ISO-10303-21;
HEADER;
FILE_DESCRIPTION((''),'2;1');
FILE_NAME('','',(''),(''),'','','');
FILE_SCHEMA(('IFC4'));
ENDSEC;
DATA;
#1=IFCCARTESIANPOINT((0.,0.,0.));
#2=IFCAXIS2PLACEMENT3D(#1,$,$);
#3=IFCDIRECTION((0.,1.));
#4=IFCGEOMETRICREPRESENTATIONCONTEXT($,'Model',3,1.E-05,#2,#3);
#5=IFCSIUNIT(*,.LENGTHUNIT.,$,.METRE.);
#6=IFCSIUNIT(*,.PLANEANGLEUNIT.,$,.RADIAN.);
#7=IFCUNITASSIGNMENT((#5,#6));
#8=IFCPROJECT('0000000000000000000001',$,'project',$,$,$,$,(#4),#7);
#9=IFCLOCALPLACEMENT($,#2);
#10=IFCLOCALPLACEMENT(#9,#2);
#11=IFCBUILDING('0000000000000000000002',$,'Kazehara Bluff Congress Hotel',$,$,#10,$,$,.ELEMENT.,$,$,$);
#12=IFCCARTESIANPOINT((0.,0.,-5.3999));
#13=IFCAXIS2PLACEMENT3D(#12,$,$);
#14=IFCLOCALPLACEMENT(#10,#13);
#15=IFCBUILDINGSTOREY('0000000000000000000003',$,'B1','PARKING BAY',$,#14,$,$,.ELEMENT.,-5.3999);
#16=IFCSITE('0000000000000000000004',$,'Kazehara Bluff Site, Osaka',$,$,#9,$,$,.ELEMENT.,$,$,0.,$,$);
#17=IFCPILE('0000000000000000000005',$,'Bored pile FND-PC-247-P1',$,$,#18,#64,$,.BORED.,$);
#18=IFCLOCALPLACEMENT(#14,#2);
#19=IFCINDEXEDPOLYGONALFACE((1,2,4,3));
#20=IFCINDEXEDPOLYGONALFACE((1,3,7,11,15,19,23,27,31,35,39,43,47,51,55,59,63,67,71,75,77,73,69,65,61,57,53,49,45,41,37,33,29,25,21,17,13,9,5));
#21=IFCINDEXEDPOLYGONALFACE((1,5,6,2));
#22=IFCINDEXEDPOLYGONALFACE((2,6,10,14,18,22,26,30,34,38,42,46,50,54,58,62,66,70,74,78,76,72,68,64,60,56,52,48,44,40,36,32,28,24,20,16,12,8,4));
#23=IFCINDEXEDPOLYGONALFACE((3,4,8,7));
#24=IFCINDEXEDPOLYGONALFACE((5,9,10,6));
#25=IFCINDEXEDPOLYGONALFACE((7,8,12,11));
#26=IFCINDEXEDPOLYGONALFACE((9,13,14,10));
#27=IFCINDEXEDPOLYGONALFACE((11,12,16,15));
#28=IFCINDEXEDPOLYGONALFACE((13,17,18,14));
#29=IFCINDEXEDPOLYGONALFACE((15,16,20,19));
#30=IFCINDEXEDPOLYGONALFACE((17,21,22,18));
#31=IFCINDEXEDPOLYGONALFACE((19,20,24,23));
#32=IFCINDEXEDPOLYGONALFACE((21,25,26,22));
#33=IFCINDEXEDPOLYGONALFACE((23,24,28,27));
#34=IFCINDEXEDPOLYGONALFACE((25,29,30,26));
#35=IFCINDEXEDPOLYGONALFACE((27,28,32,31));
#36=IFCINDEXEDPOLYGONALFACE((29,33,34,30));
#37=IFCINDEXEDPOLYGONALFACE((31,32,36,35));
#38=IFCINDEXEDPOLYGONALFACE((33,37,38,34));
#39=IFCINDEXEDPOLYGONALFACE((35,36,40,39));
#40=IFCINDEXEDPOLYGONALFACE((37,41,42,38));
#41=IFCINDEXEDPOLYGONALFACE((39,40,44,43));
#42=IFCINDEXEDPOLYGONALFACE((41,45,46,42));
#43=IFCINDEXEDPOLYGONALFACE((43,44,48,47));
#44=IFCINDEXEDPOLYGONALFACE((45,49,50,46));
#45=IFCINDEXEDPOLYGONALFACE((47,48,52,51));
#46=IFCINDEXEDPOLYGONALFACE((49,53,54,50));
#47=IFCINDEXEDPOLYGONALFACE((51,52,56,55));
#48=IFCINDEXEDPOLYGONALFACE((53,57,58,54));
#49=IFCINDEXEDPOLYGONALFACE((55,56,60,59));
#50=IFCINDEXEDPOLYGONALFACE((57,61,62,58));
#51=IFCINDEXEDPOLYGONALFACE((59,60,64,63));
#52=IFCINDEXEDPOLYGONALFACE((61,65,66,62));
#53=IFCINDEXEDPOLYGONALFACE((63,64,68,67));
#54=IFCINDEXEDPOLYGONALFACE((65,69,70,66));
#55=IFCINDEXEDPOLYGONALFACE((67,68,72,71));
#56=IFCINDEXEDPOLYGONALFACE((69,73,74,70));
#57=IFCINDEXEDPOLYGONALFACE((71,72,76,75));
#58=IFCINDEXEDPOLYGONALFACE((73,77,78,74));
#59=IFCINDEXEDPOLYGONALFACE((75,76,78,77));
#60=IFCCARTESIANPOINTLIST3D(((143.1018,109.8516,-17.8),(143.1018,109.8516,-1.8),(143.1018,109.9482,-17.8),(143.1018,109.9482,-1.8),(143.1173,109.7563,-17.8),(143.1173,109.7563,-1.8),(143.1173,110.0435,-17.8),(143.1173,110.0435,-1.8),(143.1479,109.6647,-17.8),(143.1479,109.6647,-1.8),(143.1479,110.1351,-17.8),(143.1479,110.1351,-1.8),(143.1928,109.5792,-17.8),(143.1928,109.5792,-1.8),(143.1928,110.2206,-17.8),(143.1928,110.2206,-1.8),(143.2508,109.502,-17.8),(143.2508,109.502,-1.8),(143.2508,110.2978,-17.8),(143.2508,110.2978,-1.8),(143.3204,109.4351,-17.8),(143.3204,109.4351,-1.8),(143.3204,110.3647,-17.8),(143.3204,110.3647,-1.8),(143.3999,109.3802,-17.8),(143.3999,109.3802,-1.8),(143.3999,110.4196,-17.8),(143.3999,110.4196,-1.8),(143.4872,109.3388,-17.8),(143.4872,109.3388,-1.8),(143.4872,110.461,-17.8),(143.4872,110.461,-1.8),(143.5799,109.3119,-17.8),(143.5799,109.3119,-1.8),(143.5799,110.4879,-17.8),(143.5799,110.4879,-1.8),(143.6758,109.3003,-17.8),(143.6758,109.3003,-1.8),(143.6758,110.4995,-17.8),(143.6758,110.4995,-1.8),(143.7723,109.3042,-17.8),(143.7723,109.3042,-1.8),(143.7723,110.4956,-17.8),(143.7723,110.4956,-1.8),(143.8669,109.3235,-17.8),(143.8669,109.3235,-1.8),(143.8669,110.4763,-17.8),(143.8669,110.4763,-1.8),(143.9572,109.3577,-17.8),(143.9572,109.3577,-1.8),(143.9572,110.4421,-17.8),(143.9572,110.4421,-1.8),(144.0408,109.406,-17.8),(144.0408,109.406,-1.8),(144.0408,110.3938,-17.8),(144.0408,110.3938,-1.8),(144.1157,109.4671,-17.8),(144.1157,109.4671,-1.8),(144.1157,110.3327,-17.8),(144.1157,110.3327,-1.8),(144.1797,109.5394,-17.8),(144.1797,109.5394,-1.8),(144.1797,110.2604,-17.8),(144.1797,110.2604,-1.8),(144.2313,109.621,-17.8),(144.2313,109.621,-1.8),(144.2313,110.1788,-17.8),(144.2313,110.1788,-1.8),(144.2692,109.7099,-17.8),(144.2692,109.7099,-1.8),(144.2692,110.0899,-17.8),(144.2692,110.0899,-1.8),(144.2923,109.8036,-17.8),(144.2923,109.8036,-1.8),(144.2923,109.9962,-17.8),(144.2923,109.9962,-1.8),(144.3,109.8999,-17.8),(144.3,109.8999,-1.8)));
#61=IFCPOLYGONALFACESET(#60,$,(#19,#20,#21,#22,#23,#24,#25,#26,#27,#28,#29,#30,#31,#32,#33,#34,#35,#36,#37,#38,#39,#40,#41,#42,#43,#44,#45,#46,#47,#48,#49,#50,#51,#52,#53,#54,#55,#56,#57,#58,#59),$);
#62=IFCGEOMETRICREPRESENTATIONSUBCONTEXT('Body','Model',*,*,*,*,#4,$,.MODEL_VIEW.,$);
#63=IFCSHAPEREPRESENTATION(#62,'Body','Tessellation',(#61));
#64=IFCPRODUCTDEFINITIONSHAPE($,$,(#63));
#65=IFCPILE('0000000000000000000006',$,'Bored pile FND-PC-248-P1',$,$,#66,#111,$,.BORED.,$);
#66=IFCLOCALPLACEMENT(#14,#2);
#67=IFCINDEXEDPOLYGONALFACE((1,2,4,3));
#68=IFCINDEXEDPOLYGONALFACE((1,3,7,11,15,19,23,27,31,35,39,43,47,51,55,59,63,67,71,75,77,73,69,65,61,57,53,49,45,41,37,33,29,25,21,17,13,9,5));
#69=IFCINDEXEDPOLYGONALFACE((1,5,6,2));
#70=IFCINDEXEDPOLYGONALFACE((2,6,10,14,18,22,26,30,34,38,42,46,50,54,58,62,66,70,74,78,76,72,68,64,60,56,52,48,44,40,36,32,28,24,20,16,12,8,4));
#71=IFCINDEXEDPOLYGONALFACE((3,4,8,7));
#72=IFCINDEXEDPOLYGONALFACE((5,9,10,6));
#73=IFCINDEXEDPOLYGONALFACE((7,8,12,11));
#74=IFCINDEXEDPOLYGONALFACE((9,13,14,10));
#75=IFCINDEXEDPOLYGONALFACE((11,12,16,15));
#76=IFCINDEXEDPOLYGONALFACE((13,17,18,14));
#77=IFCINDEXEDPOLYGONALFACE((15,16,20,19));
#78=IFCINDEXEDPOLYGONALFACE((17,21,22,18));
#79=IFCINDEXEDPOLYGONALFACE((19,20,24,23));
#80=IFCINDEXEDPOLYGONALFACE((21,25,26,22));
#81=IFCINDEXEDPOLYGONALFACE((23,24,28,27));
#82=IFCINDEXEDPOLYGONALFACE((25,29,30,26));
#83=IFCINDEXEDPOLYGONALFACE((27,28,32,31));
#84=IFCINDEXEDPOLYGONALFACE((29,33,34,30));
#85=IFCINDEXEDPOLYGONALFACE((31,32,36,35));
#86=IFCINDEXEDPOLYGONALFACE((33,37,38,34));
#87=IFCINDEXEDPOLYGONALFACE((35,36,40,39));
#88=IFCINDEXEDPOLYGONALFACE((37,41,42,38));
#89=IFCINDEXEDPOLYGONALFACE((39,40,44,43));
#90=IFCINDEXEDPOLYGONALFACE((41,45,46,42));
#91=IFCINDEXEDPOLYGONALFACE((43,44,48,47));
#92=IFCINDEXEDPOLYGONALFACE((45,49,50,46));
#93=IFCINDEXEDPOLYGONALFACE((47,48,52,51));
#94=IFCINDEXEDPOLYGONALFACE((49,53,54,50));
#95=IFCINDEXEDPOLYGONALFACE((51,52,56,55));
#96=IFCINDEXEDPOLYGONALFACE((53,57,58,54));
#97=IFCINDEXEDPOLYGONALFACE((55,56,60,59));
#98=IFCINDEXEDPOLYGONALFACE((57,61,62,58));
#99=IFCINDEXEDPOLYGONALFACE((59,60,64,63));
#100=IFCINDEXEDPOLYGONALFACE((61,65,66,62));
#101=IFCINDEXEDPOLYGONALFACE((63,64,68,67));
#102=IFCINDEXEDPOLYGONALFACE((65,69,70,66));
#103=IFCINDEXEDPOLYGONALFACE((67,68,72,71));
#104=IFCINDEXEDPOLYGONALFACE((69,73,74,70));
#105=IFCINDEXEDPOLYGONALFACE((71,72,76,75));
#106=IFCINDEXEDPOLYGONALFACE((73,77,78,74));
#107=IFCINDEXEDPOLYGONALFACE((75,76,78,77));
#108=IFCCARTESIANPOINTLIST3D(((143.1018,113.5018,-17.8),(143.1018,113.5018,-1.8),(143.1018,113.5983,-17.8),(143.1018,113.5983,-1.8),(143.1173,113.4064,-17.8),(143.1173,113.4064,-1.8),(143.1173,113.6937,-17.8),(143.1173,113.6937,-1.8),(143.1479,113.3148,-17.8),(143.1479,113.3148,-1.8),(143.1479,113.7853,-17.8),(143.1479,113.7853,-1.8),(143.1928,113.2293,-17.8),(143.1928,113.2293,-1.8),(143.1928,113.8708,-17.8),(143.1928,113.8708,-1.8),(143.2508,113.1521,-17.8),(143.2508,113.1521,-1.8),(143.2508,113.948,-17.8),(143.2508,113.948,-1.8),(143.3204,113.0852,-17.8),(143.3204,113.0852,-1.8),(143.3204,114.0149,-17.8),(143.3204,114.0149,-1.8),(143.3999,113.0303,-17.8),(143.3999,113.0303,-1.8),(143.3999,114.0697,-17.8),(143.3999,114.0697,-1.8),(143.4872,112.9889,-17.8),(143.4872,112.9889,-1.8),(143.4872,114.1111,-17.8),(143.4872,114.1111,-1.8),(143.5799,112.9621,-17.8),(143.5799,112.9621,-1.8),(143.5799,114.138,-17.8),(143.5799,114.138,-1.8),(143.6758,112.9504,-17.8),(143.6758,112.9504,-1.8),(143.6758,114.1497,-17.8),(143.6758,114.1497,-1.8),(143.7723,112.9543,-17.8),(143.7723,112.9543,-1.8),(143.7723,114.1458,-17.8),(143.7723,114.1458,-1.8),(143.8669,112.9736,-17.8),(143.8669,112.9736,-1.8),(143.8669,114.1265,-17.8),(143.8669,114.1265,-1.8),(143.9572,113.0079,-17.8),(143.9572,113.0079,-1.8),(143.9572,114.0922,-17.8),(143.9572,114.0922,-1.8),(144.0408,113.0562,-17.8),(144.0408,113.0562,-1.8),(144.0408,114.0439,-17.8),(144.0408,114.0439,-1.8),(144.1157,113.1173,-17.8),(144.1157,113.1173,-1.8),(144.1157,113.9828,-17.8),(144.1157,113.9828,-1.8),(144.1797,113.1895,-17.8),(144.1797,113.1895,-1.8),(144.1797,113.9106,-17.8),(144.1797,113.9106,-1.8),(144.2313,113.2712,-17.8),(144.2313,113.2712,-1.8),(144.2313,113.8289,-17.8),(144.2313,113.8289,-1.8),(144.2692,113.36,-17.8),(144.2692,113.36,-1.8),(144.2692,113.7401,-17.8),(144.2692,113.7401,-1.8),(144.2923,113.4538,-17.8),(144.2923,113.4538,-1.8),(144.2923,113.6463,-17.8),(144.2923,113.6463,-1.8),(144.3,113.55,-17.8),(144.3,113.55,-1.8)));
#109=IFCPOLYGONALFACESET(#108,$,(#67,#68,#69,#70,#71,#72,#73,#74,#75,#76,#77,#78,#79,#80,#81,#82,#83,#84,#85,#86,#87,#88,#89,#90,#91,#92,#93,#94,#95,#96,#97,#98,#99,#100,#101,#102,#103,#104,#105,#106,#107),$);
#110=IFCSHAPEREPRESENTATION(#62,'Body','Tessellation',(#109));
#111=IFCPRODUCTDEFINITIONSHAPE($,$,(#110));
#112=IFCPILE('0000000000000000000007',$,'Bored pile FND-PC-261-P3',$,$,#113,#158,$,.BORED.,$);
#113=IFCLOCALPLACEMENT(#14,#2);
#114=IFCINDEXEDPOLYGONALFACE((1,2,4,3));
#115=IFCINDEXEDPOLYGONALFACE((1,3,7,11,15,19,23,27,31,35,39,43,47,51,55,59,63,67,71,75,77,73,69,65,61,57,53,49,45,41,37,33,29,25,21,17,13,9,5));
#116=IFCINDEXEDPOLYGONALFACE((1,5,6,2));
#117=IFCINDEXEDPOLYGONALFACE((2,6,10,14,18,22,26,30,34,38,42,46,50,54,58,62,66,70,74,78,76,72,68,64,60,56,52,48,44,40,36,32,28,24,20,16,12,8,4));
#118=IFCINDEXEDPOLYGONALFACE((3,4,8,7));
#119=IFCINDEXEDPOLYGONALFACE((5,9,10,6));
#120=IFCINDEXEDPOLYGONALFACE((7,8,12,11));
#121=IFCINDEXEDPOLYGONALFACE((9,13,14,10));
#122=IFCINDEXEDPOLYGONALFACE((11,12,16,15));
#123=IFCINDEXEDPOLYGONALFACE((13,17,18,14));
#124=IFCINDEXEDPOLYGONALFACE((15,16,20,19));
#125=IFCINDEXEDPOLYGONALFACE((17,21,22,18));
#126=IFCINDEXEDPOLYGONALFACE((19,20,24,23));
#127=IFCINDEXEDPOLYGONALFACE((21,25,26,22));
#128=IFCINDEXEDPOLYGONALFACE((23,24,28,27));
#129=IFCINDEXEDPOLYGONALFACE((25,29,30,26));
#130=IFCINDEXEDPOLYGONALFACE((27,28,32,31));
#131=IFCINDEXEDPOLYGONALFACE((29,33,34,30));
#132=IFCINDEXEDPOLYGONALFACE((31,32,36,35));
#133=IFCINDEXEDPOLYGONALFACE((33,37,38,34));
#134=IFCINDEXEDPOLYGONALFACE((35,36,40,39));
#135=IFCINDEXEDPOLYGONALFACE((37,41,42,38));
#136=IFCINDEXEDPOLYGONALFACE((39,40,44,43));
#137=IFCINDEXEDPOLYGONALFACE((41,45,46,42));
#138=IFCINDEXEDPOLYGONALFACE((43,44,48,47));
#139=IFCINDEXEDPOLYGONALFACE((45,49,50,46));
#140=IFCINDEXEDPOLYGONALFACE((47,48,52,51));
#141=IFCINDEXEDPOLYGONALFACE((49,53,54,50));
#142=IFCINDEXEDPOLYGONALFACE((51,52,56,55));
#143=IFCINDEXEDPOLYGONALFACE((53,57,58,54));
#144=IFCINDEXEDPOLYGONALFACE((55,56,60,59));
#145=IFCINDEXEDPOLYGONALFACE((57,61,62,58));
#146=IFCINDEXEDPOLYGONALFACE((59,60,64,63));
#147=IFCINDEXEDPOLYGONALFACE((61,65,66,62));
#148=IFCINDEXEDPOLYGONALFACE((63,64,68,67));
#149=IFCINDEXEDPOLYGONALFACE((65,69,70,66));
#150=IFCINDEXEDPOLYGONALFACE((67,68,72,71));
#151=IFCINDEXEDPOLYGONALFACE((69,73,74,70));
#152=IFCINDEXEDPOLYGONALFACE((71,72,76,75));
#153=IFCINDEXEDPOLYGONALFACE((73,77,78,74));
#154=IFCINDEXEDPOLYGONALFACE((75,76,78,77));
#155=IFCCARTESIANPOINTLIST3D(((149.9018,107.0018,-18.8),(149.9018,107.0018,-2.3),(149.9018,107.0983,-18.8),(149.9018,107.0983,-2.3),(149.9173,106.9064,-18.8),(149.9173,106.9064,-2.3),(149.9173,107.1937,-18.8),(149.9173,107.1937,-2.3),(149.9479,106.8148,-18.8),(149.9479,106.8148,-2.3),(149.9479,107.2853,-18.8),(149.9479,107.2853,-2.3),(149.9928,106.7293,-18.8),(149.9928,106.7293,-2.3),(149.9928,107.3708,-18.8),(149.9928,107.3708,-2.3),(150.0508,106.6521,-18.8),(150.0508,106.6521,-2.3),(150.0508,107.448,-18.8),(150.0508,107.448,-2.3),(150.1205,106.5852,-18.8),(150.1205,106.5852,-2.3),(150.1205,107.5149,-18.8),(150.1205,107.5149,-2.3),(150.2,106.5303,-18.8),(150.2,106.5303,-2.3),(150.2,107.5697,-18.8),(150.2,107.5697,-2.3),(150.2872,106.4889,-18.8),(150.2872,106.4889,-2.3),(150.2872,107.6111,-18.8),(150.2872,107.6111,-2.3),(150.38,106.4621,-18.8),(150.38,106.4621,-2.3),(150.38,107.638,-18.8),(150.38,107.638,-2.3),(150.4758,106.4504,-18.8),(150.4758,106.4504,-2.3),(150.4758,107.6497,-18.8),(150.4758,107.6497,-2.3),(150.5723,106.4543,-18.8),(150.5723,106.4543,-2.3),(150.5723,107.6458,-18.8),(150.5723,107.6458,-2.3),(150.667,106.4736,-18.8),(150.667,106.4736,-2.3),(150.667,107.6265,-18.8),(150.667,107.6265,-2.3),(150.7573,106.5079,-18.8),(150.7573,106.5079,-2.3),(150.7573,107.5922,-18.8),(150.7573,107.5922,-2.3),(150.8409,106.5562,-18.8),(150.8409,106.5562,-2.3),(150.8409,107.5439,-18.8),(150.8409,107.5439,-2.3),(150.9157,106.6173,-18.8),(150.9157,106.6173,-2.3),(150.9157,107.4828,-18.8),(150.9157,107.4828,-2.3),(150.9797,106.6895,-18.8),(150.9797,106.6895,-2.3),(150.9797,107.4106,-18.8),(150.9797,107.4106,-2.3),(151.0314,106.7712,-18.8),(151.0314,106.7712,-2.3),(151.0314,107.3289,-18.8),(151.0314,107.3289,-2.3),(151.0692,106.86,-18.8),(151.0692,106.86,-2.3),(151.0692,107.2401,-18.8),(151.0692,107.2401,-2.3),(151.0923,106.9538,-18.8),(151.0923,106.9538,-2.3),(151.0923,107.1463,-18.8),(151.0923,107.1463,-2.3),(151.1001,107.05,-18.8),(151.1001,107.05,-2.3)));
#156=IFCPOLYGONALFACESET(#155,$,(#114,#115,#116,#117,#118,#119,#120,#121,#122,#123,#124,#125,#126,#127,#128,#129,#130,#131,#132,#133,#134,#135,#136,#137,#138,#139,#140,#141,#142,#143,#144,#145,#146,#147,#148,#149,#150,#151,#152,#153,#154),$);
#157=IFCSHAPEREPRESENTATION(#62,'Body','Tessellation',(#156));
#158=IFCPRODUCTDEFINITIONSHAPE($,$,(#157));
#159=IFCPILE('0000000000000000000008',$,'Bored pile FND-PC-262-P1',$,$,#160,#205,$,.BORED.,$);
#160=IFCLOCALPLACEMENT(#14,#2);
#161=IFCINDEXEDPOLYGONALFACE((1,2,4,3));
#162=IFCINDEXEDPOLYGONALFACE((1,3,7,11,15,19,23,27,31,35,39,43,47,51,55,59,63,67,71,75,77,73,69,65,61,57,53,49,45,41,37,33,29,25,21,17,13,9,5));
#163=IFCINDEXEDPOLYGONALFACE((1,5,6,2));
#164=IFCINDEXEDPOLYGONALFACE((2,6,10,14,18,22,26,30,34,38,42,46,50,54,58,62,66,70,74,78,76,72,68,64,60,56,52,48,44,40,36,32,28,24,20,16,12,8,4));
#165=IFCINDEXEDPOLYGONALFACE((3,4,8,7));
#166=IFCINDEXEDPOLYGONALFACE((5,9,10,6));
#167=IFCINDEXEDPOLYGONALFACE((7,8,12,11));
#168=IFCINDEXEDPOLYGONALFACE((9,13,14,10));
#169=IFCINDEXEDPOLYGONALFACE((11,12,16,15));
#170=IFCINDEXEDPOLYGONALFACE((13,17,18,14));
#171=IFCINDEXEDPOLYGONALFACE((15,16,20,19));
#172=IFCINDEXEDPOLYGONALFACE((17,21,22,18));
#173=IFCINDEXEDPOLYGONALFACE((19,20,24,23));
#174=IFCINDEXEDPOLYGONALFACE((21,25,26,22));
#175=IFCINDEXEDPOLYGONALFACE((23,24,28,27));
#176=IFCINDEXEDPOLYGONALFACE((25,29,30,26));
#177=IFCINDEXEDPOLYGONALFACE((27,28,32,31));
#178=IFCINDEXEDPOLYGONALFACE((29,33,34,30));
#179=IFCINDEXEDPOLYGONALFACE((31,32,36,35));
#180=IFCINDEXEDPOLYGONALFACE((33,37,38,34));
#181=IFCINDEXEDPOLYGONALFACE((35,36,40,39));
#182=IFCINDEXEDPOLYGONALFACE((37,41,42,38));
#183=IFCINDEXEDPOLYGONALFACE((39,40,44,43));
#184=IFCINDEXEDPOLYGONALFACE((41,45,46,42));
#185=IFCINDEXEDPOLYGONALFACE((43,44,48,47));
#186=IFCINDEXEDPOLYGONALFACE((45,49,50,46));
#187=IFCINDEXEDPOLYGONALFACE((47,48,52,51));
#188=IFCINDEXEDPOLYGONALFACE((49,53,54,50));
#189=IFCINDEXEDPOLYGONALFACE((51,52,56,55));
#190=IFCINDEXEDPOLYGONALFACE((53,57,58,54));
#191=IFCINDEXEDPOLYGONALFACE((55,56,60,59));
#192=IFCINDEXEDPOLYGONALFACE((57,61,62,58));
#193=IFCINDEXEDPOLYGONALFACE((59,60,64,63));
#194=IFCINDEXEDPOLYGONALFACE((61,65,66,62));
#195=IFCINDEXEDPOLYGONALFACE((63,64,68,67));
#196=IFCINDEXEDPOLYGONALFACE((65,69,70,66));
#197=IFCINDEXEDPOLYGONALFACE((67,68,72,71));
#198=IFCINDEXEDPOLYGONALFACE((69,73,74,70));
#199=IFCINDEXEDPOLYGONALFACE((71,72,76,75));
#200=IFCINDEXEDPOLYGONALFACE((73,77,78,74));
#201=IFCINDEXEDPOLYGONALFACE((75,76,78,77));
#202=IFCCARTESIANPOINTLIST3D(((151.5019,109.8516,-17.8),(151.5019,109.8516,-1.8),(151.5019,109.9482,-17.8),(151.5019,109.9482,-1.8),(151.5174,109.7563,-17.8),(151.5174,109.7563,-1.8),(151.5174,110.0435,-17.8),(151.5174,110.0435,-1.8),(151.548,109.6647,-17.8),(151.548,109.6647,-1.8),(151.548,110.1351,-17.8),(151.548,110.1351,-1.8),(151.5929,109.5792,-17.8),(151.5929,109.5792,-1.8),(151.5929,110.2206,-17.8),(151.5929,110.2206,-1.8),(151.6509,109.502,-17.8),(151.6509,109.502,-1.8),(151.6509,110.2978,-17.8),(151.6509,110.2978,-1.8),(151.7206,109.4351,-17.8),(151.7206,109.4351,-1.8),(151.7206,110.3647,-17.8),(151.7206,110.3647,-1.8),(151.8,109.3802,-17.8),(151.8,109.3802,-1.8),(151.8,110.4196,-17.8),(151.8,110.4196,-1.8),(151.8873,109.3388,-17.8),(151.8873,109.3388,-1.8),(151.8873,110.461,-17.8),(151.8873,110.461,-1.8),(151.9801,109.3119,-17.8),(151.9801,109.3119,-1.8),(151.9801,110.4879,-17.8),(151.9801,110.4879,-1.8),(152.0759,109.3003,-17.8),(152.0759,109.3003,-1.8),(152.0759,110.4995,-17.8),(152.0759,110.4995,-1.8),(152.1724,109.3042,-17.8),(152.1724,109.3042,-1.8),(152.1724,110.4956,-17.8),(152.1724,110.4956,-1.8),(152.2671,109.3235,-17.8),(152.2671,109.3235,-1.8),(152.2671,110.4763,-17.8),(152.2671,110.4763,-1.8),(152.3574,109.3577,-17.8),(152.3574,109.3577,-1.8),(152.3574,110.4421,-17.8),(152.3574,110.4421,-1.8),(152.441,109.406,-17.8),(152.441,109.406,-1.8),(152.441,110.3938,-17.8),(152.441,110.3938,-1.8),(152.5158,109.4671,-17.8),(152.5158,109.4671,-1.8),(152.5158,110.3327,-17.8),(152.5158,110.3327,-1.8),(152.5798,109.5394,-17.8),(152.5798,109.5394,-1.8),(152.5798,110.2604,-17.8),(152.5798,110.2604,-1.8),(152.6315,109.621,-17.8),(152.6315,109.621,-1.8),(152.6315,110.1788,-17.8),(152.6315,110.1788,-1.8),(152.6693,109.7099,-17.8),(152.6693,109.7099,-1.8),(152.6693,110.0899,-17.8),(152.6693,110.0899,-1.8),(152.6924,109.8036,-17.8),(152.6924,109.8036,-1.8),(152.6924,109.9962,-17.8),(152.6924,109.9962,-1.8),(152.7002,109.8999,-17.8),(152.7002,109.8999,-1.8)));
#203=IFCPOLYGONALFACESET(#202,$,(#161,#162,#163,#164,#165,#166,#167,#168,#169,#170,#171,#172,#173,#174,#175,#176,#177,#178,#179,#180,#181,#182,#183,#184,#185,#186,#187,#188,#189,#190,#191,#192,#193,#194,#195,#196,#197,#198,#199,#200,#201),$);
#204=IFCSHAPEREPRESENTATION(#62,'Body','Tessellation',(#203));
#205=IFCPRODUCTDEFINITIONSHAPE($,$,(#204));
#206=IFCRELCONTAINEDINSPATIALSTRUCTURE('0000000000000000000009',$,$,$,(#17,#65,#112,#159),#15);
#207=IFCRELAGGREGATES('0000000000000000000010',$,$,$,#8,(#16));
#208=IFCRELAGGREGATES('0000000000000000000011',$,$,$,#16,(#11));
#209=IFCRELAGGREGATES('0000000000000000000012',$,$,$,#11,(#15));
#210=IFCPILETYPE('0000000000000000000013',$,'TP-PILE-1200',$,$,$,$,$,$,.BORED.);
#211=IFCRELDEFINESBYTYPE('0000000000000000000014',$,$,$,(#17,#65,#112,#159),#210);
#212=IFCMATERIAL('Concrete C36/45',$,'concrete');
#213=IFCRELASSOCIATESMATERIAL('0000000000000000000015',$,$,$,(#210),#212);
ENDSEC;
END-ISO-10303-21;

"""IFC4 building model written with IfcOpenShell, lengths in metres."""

from ifc_helpers import new_model, si_unit, direction, frame, origin, origin_2d, place, context, subcontext, project, spatial, circle, extrude, material, material_profile, profile_set, type_object, element, save


model = new_model("IFC4")

# Units and contexts
model_context = context("Model", 3, precision=1e-05, world=origin(), true_north=direction((0.0, 1.0)))
body_context = subcontext(model_context, "Body", "Model", "MODEL_VIEW")
ifc_project = project(units=[si_unit("LENGTHUNIT", "METRE"), si_unit("PLANEANGLEUNIT", "RADIAN")], contexts=[model_context])

# Site, building, storey
site_placement = place(None, origin())
site = spatial("IfcSite", under=ifc_project, at=site_placement, Name="Kazehara Bluff Site, Osaka", CompositionType="ELEMENT", RefElevation=0.0)
building_placement = place(site_placement, origin())
building = spatial("IfcBuilding", under=site, at=building_placement, Name="Kazehara Bluff Congress Hotel", CompositionType="ELEMENT")
storey_placement = place(building_placement, frame((0.0, 0.0, -5.3999)))
storey = spatial("IfcBuildingStorey", under=building, at=storey_placement, Name="B1", Description="PARKING BAY", CompositionType="ELEMENT", Elevation=-5.3999)

# Piles
ifc_material_1 = material(Name="Concrete C36/45", Category="concrete")
ifc_material_profile_1 = material_profile(ifc_material_1, circle(Radius=0.6001, at=origin_2d()))
ifc_profile_set_1 = profile_set([ifc_material_profile_1], Name="Concrete C36/45")
pile_type = type_object("IfcPileType", Name="TP-PILE-1200", PredefinedType="BORED", material=ifc_profile_set_1)
for number, where, z_axis, x_axis, name in (
    (1, (143.7, 109.8999, -1.8), (0.0, 0.0, -1.0), (1.0, 0.0, 0.0), "Bored pile FND-PC-247-P1"),
    (2, (143.7, 113.55, -1.8), (0.0, 0.0, -1.0), (1.0, 0.0, 0.0), "Bored pile FND-PC-248-P1"),
):
    element("IfcPile", number, at=place(storey_placement, frame(where, z_axis=z_axis, x_axis=x_axis)), inside=storey, type_object=pile_type, Name=name, PredefinedType="BORED", context=body_context, shape_type="SweptSolid", body=[
        extrude(circle(Radius=0.6001, at=origin_2d()), origin(), (0.0, 0.0, 1.0), 16.0),
    ])
pile_placement = place(storey_placement, frame((150.5, 107.05, -2.3), z_axis=(0.0, 0.0, -1.0), x_axis=(1.0, 0.0, 0.0)))
element("IfcPile", 3, at=pile_placement, inside=storey, type_object=pile_type, Name="Bored pile FND-PC-261-P3", PredefinedType="BORED", context=body_context, shape_type="SweptSolid", body=[
    extrude(circle(Radius=0.6001, at=origin_2d()), origin(), (0.0, 0.0, 1.0), 16.5),
])
for number, where, z_axis, x_axis, name in (
    (4, (152.1001, 109.8999, -1.8), (0.0, 0.0, -1.0), (1.0, 0.0, 0.0), "Bored pile FND-PC-262-P1"),
):
    element("IfcPile", number, at=place(storey_placement, frame(where, z_axis=z_axis, x_axis=x_axis)), inside=storey, type_object=pile_type, Name=name, PredefinedType="BORED", context=body_context, shape_type="SweptSolid", body=[
        extrude(circle(Radius=0.6001, at=origin_2d()), origin(), (0.0, 0.0, 1.0), 16.0),
    ])

save(model, "model.ifc")
